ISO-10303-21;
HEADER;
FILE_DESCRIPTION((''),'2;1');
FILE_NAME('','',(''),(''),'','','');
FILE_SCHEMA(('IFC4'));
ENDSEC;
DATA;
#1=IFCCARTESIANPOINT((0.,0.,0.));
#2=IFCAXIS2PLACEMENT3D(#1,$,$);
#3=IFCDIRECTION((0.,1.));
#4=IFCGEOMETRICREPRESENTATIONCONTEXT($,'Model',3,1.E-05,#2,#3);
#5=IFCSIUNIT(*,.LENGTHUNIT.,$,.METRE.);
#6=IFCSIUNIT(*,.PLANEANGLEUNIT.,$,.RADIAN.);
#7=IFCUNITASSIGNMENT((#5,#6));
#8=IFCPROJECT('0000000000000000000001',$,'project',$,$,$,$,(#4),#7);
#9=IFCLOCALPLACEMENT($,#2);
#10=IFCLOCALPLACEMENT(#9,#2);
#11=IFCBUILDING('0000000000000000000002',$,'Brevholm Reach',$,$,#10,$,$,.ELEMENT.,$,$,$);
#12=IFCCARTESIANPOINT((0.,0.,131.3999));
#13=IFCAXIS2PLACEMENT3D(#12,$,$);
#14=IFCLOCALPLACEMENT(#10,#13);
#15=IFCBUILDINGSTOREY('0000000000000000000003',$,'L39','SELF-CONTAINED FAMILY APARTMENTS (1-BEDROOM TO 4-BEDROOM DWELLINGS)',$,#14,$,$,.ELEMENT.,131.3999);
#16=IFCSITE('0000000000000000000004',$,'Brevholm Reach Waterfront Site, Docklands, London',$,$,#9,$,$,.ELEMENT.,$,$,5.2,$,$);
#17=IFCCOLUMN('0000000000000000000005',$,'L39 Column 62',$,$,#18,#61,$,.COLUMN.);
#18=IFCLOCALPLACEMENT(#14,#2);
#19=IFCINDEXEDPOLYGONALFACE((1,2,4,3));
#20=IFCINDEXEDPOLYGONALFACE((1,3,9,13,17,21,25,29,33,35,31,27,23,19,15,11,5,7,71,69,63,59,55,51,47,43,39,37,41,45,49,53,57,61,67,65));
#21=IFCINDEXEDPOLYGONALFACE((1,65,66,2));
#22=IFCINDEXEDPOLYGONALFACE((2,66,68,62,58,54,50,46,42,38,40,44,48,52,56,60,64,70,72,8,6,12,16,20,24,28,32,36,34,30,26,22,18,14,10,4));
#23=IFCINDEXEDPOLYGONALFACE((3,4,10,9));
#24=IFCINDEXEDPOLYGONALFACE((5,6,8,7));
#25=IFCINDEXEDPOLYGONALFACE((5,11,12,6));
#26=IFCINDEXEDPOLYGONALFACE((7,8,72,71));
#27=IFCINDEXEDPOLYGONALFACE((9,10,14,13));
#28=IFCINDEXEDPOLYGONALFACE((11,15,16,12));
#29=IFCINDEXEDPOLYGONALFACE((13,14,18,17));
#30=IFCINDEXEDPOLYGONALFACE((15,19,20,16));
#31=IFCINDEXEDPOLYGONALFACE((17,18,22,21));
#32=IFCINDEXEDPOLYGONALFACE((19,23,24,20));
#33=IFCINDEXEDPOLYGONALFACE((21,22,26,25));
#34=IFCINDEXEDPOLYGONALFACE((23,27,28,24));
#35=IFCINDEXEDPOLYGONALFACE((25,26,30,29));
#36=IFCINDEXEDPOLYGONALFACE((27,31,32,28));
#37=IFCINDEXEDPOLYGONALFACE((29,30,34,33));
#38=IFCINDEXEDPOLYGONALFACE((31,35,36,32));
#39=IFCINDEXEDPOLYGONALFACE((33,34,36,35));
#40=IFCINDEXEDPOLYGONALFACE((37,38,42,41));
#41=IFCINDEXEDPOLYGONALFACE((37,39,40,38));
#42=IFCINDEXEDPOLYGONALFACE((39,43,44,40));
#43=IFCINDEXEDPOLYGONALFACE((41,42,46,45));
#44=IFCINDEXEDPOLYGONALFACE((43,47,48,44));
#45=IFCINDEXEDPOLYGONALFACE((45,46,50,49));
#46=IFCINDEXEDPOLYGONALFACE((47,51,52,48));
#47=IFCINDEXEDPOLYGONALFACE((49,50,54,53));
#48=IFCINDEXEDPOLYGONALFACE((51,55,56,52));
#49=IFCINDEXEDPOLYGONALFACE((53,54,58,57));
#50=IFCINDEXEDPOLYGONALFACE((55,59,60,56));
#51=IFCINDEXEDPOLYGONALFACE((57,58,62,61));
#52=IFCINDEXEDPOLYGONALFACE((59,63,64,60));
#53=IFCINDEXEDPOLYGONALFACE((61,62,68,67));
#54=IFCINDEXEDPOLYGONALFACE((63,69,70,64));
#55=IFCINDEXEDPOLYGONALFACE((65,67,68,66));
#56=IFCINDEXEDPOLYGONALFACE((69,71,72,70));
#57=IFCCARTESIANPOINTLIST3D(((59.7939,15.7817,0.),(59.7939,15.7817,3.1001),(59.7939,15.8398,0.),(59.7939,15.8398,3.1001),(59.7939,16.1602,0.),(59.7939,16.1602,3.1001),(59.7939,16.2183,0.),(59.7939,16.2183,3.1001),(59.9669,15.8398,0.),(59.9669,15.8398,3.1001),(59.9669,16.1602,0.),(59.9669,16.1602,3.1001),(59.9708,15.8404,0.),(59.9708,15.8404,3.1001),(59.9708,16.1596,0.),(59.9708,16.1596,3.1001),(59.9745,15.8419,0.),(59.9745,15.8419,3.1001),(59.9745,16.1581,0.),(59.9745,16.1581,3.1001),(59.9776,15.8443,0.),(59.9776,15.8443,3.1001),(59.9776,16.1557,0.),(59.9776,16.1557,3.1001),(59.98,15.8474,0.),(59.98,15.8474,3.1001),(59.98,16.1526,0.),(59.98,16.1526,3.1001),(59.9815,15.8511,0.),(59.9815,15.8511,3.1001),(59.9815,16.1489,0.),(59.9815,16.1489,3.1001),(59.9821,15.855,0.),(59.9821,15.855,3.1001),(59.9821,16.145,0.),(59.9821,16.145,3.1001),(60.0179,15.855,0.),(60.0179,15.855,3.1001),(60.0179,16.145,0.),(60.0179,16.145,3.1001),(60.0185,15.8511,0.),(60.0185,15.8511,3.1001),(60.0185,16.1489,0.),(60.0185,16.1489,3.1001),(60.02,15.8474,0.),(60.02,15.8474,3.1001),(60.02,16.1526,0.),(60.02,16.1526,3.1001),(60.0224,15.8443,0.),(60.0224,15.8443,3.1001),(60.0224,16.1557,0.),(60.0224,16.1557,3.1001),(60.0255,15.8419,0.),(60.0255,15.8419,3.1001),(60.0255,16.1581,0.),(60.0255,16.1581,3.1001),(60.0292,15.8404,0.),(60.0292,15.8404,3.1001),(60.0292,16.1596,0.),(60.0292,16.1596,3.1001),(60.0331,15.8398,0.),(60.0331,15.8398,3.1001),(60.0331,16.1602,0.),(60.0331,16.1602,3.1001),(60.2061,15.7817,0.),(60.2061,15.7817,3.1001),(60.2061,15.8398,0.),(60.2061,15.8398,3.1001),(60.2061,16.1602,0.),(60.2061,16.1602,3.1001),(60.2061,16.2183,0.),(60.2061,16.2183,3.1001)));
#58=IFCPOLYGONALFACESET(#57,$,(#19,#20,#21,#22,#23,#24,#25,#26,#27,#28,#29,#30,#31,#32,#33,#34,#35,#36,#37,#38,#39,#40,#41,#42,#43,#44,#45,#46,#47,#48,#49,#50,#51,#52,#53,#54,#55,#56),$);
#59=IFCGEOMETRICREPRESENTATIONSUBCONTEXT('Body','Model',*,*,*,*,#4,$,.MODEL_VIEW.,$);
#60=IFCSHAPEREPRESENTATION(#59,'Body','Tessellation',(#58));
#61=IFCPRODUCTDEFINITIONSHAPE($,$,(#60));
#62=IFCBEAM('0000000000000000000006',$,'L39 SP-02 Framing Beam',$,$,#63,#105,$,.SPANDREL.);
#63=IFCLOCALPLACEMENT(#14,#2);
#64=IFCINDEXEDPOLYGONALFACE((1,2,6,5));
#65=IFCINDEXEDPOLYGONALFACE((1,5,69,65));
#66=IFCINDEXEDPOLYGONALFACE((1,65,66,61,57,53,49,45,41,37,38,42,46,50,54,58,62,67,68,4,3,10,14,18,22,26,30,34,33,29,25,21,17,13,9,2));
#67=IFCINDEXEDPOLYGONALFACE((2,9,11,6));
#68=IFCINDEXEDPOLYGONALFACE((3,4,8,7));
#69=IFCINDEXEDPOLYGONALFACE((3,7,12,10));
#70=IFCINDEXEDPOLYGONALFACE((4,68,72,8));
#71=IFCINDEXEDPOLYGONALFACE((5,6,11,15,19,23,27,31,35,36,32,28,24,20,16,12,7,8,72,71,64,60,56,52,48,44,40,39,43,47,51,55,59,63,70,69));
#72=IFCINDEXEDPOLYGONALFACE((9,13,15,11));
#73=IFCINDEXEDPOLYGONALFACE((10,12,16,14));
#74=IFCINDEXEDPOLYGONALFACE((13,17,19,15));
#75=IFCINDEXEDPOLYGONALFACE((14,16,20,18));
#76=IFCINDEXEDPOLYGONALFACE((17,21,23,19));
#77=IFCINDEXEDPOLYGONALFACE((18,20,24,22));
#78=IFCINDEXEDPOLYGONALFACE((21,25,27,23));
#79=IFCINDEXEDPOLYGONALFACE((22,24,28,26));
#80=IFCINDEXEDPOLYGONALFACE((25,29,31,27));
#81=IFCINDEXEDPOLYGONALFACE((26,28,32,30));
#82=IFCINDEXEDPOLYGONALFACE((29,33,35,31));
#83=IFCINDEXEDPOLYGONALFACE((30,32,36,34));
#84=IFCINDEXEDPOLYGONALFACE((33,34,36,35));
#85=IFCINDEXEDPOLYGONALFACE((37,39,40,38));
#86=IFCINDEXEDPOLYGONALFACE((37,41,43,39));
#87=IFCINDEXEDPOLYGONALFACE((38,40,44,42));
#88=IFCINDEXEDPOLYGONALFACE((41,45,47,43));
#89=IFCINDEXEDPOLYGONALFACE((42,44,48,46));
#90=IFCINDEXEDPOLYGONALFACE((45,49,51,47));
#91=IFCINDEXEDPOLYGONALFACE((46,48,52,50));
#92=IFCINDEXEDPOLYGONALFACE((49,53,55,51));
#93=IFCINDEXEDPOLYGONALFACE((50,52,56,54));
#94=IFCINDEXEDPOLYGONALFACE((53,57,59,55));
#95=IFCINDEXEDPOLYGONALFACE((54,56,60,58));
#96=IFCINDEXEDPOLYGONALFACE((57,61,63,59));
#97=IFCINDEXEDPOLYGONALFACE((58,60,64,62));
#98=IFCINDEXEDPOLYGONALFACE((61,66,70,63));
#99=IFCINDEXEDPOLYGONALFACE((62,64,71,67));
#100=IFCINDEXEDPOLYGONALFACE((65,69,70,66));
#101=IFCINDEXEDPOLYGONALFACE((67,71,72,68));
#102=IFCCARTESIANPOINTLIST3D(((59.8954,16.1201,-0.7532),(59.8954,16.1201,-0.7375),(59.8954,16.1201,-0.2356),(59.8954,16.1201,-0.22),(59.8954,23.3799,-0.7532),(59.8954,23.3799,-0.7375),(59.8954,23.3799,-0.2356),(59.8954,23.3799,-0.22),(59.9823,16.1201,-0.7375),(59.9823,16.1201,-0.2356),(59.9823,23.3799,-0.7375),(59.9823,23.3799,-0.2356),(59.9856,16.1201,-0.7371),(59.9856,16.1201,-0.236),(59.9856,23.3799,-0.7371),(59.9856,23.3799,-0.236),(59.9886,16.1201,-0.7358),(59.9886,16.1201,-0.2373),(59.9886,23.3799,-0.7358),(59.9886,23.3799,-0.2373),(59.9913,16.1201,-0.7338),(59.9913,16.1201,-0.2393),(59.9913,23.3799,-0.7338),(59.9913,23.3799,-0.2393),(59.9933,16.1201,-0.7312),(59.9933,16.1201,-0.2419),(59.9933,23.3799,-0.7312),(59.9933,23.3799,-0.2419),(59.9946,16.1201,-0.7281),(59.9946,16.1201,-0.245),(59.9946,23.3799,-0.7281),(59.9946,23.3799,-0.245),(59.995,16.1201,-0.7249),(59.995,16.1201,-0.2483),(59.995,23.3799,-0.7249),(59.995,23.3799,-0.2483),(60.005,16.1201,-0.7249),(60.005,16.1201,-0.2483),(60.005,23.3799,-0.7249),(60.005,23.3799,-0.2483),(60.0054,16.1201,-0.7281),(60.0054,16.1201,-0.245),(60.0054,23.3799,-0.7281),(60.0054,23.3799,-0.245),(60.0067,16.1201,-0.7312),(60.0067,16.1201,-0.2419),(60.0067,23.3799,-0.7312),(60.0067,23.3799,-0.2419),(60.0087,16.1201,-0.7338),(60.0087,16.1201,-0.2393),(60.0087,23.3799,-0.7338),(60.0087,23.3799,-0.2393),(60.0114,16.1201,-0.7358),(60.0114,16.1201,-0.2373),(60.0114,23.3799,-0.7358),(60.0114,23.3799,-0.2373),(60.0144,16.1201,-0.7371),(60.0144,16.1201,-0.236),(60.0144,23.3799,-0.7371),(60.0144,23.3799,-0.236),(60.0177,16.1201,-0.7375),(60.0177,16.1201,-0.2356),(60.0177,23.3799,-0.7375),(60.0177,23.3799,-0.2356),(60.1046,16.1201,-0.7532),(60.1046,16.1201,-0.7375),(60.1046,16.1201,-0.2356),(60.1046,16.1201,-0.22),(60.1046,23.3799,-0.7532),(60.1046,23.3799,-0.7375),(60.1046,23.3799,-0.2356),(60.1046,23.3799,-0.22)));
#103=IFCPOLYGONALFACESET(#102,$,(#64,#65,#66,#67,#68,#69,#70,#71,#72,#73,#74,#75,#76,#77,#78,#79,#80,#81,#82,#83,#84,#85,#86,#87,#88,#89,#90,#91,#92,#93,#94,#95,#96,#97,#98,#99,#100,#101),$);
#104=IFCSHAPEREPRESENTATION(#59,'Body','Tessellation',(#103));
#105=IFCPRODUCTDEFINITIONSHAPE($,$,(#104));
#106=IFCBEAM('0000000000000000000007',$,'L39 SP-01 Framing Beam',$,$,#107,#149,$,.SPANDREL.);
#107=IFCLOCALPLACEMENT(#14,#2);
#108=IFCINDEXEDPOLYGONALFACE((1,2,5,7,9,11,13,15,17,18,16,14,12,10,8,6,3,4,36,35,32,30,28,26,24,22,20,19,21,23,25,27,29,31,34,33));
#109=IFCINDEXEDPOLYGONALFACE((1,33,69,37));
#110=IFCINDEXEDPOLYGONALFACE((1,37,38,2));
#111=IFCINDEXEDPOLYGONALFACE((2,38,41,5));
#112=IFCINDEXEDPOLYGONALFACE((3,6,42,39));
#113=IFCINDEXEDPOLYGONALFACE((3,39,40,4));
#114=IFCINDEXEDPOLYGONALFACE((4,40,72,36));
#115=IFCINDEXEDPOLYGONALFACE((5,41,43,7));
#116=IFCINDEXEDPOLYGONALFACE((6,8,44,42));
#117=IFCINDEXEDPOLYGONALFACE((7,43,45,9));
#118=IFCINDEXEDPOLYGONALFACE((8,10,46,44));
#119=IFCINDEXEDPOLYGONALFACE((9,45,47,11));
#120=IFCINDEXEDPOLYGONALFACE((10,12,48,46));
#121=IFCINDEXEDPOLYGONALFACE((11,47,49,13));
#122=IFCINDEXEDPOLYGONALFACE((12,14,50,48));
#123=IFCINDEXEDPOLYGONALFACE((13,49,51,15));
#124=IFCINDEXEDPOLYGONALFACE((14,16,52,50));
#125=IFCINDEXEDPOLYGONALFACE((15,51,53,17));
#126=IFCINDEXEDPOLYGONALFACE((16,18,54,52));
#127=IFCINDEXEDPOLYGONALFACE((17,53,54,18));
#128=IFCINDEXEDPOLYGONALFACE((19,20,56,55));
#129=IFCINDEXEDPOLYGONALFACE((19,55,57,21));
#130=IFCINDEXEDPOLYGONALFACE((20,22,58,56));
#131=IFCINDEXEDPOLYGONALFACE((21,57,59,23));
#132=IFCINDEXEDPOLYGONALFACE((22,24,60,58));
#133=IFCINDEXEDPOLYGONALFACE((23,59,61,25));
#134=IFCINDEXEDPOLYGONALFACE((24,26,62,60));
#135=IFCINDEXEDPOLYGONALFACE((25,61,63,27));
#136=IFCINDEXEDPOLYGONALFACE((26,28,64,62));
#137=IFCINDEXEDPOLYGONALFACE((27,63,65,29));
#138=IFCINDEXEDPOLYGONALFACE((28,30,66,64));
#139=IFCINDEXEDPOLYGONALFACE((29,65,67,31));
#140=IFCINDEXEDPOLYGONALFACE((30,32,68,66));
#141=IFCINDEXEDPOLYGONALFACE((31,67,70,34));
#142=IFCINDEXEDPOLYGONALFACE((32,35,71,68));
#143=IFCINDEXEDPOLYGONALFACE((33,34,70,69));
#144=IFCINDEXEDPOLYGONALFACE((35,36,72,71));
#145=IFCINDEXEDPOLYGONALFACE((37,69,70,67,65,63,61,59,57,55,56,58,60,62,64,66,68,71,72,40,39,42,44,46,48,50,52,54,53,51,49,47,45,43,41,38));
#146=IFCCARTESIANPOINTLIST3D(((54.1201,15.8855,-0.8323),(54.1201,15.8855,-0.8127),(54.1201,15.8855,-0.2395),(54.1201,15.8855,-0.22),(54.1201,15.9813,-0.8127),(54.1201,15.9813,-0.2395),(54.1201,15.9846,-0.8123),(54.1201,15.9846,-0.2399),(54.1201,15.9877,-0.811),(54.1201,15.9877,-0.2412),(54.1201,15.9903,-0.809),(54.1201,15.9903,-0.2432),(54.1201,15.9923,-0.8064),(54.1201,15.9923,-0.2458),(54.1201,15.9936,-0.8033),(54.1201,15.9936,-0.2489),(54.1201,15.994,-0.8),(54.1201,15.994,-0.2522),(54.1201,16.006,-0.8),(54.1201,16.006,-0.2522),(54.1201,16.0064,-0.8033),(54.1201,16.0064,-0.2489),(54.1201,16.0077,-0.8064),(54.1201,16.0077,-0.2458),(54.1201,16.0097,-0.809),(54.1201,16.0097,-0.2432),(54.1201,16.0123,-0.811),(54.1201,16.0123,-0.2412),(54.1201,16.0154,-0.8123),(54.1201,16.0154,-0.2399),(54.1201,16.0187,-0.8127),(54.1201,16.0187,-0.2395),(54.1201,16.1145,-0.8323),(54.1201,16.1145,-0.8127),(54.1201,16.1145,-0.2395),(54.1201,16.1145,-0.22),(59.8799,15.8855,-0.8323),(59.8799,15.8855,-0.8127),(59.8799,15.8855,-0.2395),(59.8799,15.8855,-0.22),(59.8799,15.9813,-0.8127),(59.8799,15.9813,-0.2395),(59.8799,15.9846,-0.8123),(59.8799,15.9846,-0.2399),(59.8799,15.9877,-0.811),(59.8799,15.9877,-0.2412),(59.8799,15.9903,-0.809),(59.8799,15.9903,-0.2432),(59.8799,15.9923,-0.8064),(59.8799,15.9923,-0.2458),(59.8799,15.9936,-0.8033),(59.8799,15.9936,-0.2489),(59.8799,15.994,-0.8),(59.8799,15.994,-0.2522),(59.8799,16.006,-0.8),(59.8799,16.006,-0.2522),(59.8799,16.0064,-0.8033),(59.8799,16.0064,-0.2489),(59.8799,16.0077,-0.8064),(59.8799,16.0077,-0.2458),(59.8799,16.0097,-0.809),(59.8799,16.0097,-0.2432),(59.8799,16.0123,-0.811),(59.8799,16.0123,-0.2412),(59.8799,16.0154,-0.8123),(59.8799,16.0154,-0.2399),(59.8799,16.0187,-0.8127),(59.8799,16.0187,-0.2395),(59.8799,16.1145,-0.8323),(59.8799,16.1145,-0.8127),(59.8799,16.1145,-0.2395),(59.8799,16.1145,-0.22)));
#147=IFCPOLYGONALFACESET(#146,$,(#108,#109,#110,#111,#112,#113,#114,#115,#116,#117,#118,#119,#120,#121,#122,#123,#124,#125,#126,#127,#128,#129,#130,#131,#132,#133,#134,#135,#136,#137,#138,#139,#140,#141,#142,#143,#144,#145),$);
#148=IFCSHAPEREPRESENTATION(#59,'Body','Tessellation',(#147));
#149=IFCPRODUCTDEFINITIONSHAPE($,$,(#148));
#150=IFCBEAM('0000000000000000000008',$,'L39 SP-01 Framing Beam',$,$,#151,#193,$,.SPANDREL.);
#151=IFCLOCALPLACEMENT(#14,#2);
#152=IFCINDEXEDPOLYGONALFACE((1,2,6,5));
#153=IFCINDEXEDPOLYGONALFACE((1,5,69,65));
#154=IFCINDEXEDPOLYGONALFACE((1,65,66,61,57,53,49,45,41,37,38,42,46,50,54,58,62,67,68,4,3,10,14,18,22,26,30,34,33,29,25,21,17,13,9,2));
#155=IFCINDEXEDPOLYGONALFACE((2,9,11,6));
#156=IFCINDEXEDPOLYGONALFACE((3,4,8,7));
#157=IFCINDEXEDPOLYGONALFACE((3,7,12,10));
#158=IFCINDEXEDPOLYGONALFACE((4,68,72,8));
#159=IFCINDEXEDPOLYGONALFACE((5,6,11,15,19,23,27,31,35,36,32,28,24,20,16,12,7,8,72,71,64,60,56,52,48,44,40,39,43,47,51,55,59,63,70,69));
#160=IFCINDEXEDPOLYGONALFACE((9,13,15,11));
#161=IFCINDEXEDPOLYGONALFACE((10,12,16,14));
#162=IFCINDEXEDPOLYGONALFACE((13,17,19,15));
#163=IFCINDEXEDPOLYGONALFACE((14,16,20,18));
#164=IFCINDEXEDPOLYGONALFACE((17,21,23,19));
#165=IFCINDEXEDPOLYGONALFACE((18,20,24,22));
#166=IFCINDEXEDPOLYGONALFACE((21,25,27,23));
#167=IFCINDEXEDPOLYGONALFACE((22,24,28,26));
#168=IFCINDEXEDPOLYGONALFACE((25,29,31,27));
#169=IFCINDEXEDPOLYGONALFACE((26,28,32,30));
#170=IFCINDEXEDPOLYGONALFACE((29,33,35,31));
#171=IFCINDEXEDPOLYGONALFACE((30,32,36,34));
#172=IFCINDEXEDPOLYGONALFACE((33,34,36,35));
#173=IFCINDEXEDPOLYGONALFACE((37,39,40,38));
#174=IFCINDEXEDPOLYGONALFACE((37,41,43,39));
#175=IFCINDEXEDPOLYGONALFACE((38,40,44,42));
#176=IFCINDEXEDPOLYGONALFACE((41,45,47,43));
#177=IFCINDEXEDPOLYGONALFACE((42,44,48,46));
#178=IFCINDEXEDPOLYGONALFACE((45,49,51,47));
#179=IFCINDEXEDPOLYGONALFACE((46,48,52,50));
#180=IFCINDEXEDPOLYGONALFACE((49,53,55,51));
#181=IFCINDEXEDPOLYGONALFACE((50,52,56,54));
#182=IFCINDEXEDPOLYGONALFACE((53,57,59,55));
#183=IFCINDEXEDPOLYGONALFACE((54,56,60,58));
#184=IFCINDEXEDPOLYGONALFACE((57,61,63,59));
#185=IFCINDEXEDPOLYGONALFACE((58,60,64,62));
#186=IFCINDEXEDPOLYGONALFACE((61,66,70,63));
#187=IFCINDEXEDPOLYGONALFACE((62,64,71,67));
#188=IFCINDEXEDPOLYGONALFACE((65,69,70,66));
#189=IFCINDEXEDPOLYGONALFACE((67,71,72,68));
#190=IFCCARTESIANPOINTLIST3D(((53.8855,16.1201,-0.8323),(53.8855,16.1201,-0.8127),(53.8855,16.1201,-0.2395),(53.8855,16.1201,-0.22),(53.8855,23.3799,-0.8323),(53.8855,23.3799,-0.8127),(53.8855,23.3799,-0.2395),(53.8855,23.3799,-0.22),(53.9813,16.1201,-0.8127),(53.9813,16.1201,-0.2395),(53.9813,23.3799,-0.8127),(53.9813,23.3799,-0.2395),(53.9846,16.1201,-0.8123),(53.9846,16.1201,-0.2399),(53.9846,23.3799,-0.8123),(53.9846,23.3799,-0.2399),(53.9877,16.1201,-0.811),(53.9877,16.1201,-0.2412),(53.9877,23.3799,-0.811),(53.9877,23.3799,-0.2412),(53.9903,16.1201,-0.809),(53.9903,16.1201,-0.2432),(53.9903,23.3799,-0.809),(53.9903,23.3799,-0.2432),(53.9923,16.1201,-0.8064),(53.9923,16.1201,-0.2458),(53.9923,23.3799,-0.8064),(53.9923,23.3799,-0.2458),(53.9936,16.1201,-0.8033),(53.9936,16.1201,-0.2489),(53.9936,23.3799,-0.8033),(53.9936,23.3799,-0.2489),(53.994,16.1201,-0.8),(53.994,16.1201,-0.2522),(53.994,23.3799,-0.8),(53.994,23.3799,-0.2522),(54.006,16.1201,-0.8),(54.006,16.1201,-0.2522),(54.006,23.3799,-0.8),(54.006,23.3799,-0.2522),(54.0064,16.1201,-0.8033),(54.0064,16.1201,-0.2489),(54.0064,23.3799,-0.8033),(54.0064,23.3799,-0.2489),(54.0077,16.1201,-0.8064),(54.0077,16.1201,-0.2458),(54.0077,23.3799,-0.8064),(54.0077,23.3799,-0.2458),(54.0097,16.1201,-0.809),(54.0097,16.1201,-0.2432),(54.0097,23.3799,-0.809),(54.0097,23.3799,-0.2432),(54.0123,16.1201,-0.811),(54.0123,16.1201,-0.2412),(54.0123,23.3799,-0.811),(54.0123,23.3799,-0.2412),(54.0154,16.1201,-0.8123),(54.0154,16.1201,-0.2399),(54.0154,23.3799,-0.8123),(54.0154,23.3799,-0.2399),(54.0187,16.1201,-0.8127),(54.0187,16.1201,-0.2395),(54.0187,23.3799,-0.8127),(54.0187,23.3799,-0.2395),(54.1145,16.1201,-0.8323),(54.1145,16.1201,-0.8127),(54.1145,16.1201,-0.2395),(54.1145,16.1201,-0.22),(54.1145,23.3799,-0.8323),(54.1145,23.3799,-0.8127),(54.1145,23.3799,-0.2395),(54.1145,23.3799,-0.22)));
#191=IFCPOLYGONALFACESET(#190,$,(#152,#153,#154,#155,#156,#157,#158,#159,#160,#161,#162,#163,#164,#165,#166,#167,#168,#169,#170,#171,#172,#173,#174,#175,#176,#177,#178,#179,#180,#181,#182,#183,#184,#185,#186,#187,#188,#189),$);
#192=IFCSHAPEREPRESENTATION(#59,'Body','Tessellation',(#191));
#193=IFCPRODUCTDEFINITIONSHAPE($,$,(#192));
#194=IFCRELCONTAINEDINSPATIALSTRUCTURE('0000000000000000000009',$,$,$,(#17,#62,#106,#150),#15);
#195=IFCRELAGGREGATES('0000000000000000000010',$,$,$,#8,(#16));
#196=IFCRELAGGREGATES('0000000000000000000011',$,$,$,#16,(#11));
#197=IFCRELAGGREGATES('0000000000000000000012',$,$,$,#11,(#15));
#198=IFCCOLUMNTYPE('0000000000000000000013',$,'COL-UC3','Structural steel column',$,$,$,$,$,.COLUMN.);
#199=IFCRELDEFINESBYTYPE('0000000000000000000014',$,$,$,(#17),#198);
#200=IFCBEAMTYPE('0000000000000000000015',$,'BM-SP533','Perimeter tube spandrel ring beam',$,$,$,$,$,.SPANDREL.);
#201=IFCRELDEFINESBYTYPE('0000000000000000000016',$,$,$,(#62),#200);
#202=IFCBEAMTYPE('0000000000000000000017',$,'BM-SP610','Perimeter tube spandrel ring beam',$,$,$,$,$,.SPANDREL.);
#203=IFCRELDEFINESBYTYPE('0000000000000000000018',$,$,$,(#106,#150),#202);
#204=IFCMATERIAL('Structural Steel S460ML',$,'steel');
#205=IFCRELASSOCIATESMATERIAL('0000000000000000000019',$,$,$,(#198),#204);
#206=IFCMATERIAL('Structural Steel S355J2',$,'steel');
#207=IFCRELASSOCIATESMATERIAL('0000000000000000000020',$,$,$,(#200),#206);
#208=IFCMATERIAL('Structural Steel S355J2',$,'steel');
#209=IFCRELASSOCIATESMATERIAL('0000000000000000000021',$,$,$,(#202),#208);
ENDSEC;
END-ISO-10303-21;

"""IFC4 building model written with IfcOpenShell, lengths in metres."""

from ifc_helpers import new_model, si_unit, direction, frame, origin, origin_2d, place, context, subcontext, project, spatial, i_section, extrude, material, material_profile, profile_set, type_object, element, save


model = new_model("IFC4")

# Units and contexts
model_context = context("Model", 3, precision=1e-05, world=origin(), true_north=direction((0.0, 1.0)))
body_context = subcontext(model_context, "Body", "Model", "MODEL_VIEW")
ifc_project = project(units=[si_unit("LENGTHUNIT", "METRE"), si_unit("PLANEANGLEUNIT", "RADIAN")], contexts=[model_context])

# Site, building, storey
site_placement = place(None, origin())
site = spatial("IfcSite", under=ifc_project, at=site_placement, Name="Brevholm Reach Waterfront Site, Docklands, London", CompositionType="ELEMENT", RefElevation=5.2)
building_placement = place(site_placement, origin())
building = spatial("IfcBuilding", under=site, at=building_placement, Name="Brevholm Reach", CompositionType="ELEMENT")
storey_placement = place(building_placement, frame((0.0, 0.0, 131.3999)))
storey = spatial("IfcBuildingStorey", under=building, at=storey_placement, Name="L39", Description="SELF-CONTAINED FAMILY APARTMENTS (1-BEDROOM TO 4-BEDROOM DWELLINGS)", CompositionType="ELEMENT", Elevation=131.3999)

# Column
ifc_material_1 = material(Name="Structural Steel S460ML", Category="steel")
ifc_material_profile_1 = material_profile(ifc_material_1, i_section(OverallWidth=0.4121, OverallDepth=0.4365, WebThickness=0.0359, FlangeThickness=0.0581, FilletRadius=0.0151, at=origin_2d()), Name="UKC 356x406x467")
ifc_profile_set_1 = profile_set([ifc_material_profile_1], Name="Structural Steel S460ML")
column_type = type_object("IfcColumnType", Name="COL-UC3", Description="Structural steel column", PredefinedType="COLUMN", material=ifc_profile_set_1)
column_placement = place(storey_placement, frame((60.0, 16.0, 0.0), z_axis=(0.0, 0.0, 1.0), x_axis=(1.0, 0.0, 0.0)))
element("IfcColumn", 1, at=column_placement, inside=storey, type_object=column_type, Name="L39 Column 62", PredefinedType="COLUMN", context=body_context, shape_type="SweptSolid", body=[
    extrude(i_section(OverallWidth=0.4121, OverallDepth=0.4365, WebThickness=0.0359, FlangeThickness=0.0581, FilletRadius=0.0151, at=origin_2d()), origin(), (0.0, 0.0, 1.0), 3.1001),
])

# Beams
ifc_material_2 = material(Name="Structural Steel S355J2", Category="steel")
ifc_material_profile_2 = material_profile(ifc_material_2, i_section(OverallWidth=0.2092, OverallDepth=0.5332, WebThickness=0.01, FlangeThickness=0.0156, FilletRadius=0.0127, at=origin_2d()), Name="UKB 533x210x92")
ifc_profile_set_2 = profile_set([ifc_material_profile_2], Name="Structural Steel S355J2")
beam_type_1 = type_object("IfcBeamType", Name="BM-SP533", Description="Perimeter tube spandrel ring beam", PredefinedType="SPANDREL", material=ifc_profile_set_2)
beam_1_placement = place(storey_placement, frame((60.0, 16.1201, -0.4866), z_axis=(0.0, 1.0, 0.0), x_axis=(-1.0, 0.0, 0.0)))
element("IfcBeam", 2, at=beam_1_placement, inside=storey, type_object=beam_type_1, Name="L39 SP-02 Framing Beam", PredefinedType="SPANDREL", context=body_context, shape_type="SweptSolid", body=[
    extrude(i_section(OverallWidth=0.2092, OverallDepth=0.5332, WebThickness=0.01, FlangeThickness=0.0156, FilletRadius=0.0127, at=origin_2d()), origin(), (0.0, 0.0, 1.0), 7.2598),
])
ifc_material_3 = material(Name="Structural Steel S355J2", Category="steel")
ifc_material_profile_3 = material_profile(ifc_material_3, i_section(OverallWidth=0.229, OverallDepth=0.6123, WebThickness=0.012, FlangeThickness=0.0195, FilletRadius=0.0127, at=origin_2d()), Name="UKB 610x229x125")
ifc_profile_set_3 = profile_set([ifc_material_profile_3], Name="Structural Steel S355J2")
beam_type_2 = type_object("IfcBeamType", Name="BM-SP610", Description="Perimeter tube spandrel ring beam", PredefinedType="SPANDREL", material=ifc_profile_set_3)
beam_2_placement = place(storey_placement, frame((54.1201, 16.0, -0.5261), z_axis=(1.0, 0.0, 0.0), x_axis=(0.0, 1.0, 0.0)))
element("IfcBeam", 3, at=beam_2_placement, inside=storey, type_object=beam_type_2, Name="L39 SP-01 Framing Beam", PredefinedType="SPANDREL", context=body_context, shape_type="SweptSolid", body=[
    extrude(i_section(OverallWidth=0.229, OverallDepth=0.6123, WebThickness=0.012, FlangeThickness=0.0195, FilletRadius=0.0127, at=origin_2d()), origin(), (0.0, 0.0, 1.0), 5.7598),
])
beam_3_placement = place(storey_placement, frame((54.0, 16.1201, -0.5261), z_axis=(0.0, 1.0, 0.0), x_axis=(-1.0, 0.0, 0.0)))
element("IfcBeam", 4, at=beam_3_placement, inside=storey, type_object=beam_type_2, Name="L39 SP-01 Framing Beam", PredefinedType="SPANDREL", context=body_context, shape_type="SweptSolid", body=[
    extrude(i_section(OverallWidth=0.229, OverallDepth=0.6123, WebThickness=0.012, FlangeThickness=0.0195, FilletRadius=0.0127, at=origin_2d()), origin(), (0.0, 0.0, 1.0), 7.2598),
])

save(model, "model.ifc")
